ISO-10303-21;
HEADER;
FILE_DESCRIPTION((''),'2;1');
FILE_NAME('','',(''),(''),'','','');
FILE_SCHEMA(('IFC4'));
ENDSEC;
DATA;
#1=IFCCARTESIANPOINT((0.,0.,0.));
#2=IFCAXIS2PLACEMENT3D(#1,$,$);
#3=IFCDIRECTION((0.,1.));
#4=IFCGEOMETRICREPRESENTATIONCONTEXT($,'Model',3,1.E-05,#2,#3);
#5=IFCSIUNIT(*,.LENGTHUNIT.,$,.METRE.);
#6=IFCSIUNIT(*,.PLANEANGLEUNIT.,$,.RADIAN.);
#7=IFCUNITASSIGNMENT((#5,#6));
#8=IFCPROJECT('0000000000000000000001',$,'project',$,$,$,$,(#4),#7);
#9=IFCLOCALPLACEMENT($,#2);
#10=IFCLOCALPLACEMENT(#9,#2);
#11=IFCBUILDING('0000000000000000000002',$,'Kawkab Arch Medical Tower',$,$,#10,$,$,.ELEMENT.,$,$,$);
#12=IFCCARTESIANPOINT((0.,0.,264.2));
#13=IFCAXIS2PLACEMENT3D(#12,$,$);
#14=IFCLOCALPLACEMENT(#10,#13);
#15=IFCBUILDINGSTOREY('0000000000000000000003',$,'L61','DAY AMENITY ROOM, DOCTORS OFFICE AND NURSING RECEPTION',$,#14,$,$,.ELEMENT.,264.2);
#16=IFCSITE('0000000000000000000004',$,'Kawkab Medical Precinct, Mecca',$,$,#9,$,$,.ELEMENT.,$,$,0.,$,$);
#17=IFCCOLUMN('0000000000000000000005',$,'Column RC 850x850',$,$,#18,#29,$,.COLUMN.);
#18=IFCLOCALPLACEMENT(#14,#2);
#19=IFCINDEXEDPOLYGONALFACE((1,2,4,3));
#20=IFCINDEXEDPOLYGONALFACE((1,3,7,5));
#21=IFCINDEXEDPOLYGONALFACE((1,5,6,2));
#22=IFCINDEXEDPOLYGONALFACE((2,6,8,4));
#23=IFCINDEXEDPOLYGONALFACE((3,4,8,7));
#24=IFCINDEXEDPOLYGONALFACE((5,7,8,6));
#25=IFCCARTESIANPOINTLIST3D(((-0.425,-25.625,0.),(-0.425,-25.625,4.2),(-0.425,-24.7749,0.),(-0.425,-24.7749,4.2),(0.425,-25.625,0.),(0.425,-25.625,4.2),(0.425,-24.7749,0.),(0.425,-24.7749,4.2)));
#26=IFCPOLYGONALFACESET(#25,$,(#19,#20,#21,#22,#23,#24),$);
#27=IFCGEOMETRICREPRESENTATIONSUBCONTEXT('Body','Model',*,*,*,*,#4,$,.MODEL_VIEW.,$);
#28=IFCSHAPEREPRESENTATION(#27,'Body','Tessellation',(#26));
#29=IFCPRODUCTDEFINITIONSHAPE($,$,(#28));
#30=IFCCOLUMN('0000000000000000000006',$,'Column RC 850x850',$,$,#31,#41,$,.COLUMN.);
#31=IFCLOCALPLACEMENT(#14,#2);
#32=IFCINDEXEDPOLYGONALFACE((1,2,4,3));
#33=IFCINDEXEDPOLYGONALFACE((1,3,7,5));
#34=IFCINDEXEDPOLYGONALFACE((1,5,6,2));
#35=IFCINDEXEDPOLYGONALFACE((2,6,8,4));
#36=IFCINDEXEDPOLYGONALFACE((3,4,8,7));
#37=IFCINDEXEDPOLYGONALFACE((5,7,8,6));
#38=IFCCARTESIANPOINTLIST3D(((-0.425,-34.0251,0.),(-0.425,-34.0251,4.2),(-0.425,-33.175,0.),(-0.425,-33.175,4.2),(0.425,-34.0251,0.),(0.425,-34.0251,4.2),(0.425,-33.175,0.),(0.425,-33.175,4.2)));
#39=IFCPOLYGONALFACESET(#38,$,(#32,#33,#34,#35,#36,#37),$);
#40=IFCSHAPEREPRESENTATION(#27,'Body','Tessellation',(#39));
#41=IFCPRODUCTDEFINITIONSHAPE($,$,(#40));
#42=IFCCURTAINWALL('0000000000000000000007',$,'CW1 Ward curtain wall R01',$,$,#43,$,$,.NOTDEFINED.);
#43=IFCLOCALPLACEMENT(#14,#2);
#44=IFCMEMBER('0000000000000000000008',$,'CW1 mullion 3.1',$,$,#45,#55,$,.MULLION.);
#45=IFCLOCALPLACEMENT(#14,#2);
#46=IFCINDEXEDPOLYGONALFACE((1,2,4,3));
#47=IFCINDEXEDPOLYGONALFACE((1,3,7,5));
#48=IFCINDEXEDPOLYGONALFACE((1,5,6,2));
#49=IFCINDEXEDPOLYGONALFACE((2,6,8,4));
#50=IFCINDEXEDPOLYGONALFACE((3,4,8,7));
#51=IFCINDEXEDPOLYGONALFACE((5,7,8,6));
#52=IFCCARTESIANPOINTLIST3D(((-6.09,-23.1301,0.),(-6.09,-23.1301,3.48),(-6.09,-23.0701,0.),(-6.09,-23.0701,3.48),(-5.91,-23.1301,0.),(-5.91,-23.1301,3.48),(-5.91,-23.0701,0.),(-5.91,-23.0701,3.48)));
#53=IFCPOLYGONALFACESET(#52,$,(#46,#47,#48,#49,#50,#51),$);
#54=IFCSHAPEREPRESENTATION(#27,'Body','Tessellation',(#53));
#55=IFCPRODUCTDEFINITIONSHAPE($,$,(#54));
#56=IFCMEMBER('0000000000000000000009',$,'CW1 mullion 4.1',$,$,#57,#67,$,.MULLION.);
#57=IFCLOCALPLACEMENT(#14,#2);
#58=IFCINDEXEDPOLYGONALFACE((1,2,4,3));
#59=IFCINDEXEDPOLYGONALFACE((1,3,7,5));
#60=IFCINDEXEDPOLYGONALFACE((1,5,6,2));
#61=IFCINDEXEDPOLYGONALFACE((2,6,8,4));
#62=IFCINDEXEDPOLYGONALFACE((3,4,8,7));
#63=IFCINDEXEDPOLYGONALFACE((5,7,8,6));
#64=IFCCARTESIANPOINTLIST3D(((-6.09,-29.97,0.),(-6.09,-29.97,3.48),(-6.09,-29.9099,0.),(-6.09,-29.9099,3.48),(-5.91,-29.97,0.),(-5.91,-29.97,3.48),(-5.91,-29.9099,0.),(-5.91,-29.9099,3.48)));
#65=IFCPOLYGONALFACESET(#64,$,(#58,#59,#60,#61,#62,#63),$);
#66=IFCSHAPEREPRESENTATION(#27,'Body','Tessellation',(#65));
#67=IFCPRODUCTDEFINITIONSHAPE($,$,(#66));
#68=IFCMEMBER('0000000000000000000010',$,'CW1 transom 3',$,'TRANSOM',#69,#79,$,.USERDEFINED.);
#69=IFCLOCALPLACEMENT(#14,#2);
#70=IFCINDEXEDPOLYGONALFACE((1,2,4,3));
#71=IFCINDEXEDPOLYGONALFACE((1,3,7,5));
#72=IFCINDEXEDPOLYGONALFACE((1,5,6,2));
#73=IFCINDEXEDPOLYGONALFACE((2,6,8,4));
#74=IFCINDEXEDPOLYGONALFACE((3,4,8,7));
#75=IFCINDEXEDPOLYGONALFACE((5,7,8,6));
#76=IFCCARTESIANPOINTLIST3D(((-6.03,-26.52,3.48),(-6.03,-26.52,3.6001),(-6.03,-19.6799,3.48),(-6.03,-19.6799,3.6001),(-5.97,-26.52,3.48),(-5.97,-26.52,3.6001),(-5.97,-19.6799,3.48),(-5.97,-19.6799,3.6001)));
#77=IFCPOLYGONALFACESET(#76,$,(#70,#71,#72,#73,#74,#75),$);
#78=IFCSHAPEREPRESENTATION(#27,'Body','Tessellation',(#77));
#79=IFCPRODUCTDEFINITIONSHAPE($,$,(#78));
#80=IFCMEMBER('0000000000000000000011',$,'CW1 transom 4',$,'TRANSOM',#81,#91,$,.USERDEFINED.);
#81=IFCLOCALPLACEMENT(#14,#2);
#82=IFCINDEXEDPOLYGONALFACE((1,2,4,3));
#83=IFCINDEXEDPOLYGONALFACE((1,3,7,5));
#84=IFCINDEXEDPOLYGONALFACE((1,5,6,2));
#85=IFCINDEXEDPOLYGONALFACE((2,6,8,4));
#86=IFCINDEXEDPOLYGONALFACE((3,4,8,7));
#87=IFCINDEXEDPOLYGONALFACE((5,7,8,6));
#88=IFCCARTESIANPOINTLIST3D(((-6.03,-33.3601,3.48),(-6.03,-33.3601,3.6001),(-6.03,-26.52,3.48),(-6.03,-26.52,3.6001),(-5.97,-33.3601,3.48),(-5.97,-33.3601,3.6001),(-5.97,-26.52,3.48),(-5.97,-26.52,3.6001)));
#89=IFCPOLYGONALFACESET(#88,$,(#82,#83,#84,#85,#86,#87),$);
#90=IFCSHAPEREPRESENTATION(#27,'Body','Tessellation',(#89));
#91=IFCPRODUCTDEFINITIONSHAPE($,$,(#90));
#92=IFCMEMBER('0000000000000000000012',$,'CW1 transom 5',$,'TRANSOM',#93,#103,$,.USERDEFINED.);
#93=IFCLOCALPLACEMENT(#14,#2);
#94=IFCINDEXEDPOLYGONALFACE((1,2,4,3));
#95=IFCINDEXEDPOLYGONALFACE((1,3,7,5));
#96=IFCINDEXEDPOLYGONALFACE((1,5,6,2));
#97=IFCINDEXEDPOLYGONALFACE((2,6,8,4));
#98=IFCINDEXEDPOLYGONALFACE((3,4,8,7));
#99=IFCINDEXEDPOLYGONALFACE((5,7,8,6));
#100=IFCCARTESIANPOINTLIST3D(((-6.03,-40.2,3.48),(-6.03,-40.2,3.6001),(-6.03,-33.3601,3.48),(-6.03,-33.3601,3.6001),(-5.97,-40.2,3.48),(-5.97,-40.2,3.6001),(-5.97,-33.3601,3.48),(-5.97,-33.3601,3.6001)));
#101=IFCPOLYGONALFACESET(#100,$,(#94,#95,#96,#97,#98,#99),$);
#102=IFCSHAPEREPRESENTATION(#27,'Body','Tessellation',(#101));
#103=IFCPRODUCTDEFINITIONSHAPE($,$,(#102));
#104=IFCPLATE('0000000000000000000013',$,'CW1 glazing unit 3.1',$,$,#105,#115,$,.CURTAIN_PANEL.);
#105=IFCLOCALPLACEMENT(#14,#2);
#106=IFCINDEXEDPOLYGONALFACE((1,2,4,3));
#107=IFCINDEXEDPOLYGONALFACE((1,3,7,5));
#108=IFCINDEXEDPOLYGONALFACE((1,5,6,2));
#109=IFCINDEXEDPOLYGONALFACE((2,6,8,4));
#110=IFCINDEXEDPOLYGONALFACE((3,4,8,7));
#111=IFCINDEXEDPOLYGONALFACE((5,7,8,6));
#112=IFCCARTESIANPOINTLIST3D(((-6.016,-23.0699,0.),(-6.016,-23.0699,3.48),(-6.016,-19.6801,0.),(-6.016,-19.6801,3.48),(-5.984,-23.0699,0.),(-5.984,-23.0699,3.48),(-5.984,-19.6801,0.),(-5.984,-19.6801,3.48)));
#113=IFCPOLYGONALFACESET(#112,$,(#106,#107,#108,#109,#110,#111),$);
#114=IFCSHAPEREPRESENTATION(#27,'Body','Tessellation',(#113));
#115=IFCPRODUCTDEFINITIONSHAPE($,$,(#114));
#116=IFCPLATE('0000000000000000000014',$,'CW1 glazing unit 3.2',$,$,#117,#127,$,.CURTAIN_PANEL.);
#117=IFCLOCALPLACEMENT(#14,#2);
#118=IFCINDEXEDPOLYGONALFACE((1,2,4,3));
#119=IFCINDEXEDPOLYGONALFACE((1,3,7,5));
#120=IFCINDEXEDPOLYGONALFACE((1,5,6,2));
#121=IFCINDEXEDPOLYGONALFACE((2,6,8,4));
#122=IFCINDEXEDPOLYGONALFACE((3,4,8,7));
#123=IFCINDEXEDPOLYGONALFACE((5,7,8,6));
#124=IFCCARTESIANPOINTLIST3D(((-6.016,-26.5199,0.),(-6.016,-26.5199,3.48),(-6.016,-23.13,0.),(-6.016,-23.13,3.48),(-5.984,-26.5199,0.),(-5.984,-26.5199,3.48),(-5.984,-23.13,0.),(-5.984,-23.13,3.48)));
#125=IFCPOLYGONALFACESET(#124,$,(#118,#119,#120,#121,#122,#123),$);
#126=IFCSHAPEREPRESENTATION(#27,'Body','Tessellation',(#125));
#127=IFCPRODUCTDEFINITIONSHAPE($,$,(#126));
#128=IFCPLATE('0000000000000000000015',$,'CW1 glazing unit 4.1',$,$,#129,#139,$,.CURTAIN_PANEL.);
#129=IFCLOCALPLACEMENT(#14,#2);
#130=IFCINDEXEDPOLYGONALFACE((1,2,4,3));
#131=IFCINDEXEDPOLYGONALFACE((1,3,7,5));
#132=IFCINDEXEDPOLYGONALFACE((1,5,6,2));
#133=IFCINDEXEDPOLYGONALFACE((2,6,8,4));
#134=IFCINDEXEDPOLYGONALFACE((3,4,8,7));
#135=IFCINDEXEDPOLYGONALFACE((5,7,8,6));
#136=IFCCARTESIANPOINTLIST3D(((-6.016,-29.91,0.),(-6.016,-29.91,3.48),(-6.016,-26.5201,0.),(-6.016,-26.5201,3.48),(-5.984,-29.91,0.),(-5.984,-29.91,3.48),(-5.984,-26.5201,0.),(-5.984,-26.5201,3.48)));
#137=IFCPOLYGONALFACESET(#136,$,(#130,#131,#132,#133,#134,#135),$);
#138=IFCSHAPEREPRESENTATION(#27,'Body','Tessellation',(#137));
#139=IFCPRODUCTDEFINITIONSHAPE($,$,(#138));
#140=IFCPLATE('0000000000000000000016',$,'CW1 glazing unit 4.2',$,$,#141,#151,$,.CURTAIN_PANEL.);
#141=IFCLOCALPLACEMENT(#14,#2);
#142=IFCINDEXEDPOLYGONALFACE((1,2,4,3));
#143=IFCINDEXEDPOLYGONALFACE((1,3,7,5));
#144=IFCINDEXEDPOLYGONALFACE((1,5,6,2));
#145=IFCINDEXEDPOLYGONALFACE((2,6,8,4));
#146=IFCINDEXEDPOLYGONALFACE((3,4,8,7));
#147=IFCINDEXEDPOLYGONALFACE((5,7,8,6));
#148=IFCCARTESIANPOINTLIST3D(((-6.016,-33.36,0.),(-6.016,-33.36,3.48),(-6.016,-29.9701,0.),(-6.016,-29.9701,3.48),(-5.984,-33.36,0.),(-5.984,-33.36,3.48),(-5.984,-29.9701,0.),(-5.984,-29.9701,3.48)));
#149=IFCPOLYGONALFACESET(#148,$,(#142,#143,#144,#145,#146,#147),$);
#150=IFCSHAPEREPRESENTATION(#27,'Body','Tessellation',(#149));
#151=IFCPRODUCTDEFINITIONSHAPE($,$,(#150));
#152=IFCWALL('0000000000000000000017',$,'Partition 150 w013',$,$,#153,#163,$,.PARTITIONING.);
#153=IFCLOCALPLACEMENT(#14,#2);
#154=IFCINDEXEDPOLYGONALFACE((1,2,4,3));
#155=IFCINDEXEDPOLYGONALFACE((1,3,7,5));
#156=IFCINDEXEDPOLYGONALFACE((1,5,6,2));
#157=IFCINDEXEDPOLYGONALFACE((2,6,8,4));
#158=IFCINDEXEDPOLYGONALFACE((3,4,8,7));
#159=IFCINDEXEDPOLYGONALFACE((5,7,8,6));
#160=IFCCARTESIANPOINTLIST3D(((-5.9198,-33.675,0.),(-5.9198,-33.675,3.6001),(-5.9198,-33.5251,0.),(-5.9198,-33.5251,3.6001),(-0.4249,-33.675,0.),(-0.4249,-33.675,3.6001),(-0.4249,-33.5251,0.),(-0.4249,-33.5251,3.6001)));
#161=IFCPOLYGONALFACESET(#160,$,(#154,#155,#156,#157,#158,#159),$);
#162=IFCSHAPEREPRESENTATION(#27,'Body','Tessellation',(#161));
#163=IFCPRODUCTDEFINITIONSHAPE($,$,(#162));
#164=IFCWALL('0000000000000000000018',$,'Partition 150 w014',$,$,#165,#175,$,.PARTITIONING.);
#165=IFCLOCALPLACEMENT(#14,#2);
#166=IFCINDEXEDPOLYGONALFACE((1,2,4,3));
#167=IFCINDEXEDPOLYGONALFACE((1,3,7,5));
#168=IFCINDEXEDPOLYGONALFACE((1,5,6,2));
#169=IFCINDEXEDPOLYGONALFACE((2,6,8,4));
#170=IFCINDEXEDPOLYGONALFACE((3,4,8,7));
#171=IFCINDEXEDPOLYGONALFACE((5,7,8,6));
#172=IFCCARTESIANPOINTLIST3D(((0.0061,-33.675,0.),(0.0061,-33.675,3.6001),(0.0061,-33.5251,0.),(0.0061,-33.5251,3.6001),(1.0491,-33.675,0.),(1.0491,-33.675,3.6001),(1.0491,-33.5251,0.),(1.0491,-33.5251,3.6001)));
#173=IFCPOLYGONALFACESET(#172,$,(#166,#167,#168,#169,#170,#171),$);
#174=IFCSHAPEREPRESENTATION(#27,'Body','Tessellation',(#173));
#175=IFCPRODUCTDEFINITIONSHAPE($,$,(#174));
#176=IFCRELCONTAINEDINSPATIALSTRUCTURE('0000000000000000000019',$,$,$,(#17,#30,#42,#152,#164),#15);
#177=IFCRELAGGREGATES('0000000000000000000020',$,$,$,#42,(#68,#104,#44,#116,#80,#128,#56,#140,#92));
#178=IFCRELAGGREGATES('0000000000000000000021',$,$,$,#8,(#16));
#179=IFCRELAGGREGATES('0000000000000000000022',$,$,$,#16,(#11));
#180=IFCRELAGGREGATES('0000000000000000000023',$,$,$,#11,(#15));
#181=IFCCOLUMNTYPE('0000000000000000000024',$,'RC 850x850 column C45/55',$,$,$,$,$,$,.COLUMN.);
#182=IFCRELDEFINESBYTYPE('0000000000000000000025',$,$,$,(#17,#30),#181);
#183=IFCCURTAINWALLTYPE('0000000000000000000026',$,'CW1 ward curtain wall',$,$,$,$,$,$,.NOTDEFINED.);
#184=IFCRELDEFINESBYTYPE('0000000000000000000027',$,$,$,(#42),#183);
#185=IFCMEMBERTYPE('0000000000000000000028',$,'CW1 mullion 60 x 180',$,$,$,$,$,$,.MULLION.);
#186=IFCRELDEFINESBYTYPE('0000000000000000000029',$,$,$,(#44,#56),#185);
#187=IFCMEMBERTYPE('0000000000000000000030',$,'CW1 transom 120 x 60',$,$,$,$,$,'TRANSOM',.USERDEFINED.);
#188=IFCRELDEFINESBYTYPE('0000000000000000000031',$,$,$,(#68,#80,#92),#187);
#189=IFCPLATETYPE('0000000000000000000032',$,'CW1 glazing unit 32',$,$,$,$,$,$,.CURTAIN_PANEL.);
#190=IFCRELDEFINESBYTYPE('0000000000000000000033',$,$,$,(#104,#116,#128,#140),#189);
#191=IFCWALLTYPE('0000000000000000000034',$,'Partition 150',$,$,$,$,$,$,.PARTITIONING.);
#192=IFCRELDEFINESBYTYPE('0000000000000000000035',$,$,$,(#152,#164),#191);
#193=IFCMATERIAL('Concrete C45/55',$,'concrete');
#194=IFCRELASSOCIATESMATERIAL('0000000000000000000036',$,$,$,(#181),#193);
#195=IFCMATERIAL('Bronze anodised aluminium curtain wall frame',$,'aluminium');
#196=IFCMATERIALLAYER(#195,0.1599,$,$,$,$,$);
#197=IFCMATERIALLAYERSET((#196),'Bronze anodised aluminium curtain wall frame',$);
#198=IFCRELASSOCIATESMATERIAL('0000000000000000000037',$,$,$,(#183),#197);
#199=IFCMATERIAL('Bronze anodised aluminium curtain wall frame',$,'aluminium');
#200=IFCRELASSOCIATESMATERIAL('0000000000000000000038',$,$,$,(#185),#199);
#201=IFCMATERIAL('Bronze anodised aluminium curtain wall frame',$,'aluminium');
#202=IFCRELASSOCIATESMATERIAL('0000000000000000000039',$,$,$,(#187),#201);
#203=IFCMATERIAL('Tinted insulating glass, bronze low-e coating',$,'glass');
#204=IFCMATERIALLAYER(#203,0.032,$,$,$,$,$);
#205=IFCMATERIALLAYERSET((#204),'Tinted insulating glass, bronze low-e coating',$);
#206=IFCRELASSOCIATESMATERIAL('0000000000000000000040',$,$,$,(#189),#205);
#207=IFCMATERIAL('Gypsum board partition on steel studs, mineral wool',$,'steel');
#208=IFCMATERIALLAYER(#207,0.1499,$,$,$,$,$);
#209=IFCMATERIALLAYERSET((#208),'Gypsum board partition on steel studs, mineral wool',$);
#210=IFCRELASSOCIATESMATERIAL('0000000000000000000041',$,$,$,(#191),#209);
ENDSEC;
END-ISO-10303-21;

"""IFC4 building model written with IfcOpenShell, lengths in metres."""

from ifc_helpers import new_model, si_unit, direction, frame, frame_2d, origin, origin_2d, place, context, subcontext, project, spatial, rectangle, extrude, material, layer, layer_set, material_profile, profile_set, type_object, element, aggregate, save


model = new_model("IFC4")

# Units and contexts
model_context = context("Model", 3, precision=1e-05, world=origin(), true_north=direction((0.0, 1.0)))
body_context = subcontext(model_context, "Body", "Model", "MODEL_VIEW")
ifc_project = project(units=[si_unit("LENGTHUNIT", "METRE"), si_unit("PLANEANGLEUNIT", "RADIAN")], contexts=[model_context])

# Site, building, storey
site_placement = place(None, origin())
site = spatial("IfcSite", under=ifc_project, at=site_placement, Name="Kawkab Medical Precinct, Mecca", CompositionType="ELEMENT", RefElevation=0.0)
building_placement = place(site_placement, origin())
building = spatial("IfcBuilding", under=site, at=building_placement, Name="Kawkab Arch Medical Tower", CompositionType="ELEMENT")
storey_placement = place(building_placement, frame((0.0, 0.0, 264.2)))
storey = spatial("IfcBuildingStorey", under=building, at=storey_placement, Name="L61", Description="DAY AMENITY ROOM, DOCTORS OFFICE AND NURSING RECEPTION", CompositionType="ELEMENT", Elevation=264.2)

# Columns
ifc_material_1 = material(Name="Concrete C45/55", Category="concrete")
ifc_material_profile_1 = material_profile(ifc_material_1, rectangle(XDim=0.8501, YDim=0.8501, at=origin_2d()), Name="RC 850x850")
ifc_profile_set_1 = profile_set([ifc_material_profile_1], Name="Concrete C45/55")
column_type = type_object("IfcColumnType", Name="RC 850x850 column C45/55", PredefinedType="COLUMN", material=ifc_profile_set_1)
for number, where, z_axis, x_axis, name in (
    (1, (0.0, -25.2, 0.0), (0.0, 0.0, 1.0), (1.0, 0.0, 0.0), "Column RC 850x850"),
    (2, (0.0, -33.6001, 0.0), (0.0, 0.0, 1.0), (1.0, 0.0, 0.0), "Column RC 850x850"),
):
    element("IfcColumn", number, at=place(storey_placement, frame(where, z_axis=z_axis, x_axis=x_axis)), inside=storey, type_object=column_type, Name=name, PredefinedType="COLUMN", context=body_context, shape_type="SweptSolid", body=[
        extrude(rectangle(XDim=0.8501, YDim=0.8501, at=origin_2d()), origin(), (0.0, 0.0, 1.0), 4.2),
    ])

# Curtain wall, members, plates
ifc_material_2 = material(Name="Bronze anodised aluminium curtain wall frame", Category="aluminium")
ifc_layer_1 = layer(ifc_material_2, 0.1599)
ifc_layer_set_1 = layer_set([ifc_layer_1], Name="Bronze anodised aluminium curtain wall frame")
curtain_wall_type = type_object("IfcCurtainWallType", Name="CW1 ward curtain wall", PredefinedType="NOTDEFINED", material=ifc_layer_set_1)
curtain_wall_placement = place(storey_placement, origin())
curtain_wall = element("IfcCurtainWall", 3, at=curtain_wall_placement, inside=storey, type_object=curtain_wall_type, Name="CW1 Ward curtain wall R01", PredefinedType="NOTDEFINED")
ifc_material_3 = material(Name="Bronze anodised aluminium curtain wall frame", Category="aluminium")
ifc_material_profile_2 = material_profile(ifc_material_3, rectangle(XDim=0.1799, YDim=0.0601, at=origin_2d()), Name="AL 60x180")
ifc_profile_set_2 = profile_set([ifc_material_profile_2], Name="Bronze anodised aluminium curtain wall frame")
member_type_1 = type_object("IfcMemberType", Name="CW1 mullion 60 x 180", PredefinedType="MULLION", material=ifc_profile_set_2)
member_1_placement = place(storey_placement, frame((-6.0, -23.1001, 0.0), z_axis=(0.0, 0.0, 1.0), x_axis=(1.0, 0.0, 0.0)))
member_1 = element("IfcMember", 4, at=member_1_placement, type_object=member_type_1, Name="CW1 mullion 3.1", PredefinedType="MULLION", context=body_context, shape_type="SweptSolid", body=[
    extrude(rectangle(XDim=0.1799, YDim=0.0601, at=origin_2d()), origin(), (0.0, 0.0, 1.0), 3.48),
])
member_2_placement = place(storey_placement, frame((-6.0, -29.9399, 0.0), z_axis=(0.0, 0.0, 1.0), x_axis=(1.0, 0.0, 0.0)))
member_2 = element("IfcMember", 5, at=member_2_placement, type_object=member_type_1, Name="CW1 mullion 4.1", PredefinedType="MULLION", context=body_context, shape_type="SweptSolid", body=[
    extrude(rectangle(XDim=0.1799, YDim=0.0601, at=origin_2d()), origin(), (0.0, 0.0, 1.0), 3.48),
])
ifc_material_4 = material(Name="Bronze anodised aluminium curtain wall frame", Category="aluminium")
ifc_material_profile_3 = material_profile(ifc_material_4, rectangle(XDim=0.0601, YDim=0.1201, at=origin_2d()), Name="AL 60x120")
ifc_profile_set_3 = profile_set([ifc_material_profile_3], Name="Bronze anodised aluminium curtain wall frame")
member_type_2 = type_object("IfcMemberType", Name="CW1 transom 120 x 60", ElementType="TRANSOM", PredefinedType="USERDEFINED", material=ifc_profile_set_3)
member_3_placement = place(storey_placement, frame((-6.0, -19.6799, 3.54), z_axis=(0.0, -1.0, 0.0), x_axis=(1.0, 0.0, 0.0)))
member_3 = element("IfcMember", 6, at=member_3_placement, type_object=member_type_2, Name="CW1 transom 3", ObjectType="TRANSOM", PredefinedType="USERDEFINED", context=body_context, shape_type="SweptSolid", body=[
    extrude(rectangle(XDim=0.0601, YDim=0.1201, at=origin_2d()), origin(), (0.0, 0.0, 1.0), 6.8401),
])
member_4_placement = place(storey_placement, frame((-6.0, -26.52, 3.54), z_axis=(0.0, -1.0, 0.0), x_axis=(1.0, 0.0, 0.0)))
member_4 = element("IfcMember", 7, at=member_4_placement, type_object=member_type_2, Name="CW1 transom 4", ObjectType="TRANSOM", PredefinedType="USERDEFINED", context=body_context, shape_type="SweptSolid", body=[
    extrude(rectangle(XDim=0.0601, YDim=0.1201, at=origin_2d()), origin(), (0.0, 0.0, 1.0), 6.8401),
])
member_5_placement = place(storey_placement, frame((-6.0, -33.3601, 3.54), z_axis=(0.0, -1.0, 0.0), x_axis=(1.0, 0.0, 0.0)))
member_5 = element("IfcMember", 8, at=member_5_placement, type_object=member_type_2, Name="CW1 transom 5", ObjectType="TRANSOM", PredefinedType="USERDEFINED", context=body_context, shape_type="SweptSolid", body=[
    extrude(rectangle(XDim=0.0601, YDim=0.1201, at=origin_2d()), origin(), (0.0, 0.0, 1.0), 6.8398),
])
ifc_material_5 = material(Name="Tinted insulating glass, bronze low-e coating", Category="glass")
ifc_layer_2 = layer(ifc_material_5, 0.032)
ifc_layer_set_2 = layer_set([ifc_layer_2], Name="Tinted insulating glass, bronze low-e coating")
plate_type = type_object("IfcPlateType", Name="CW1 glazing unit 32", PredefinedType="CURTAIN_PANEL", material=ifc_layer_set_2)
plate_1_placement = place(storey_placement, frame((-6.0, -21.375, 0.0), z_axis=(0.0, 0.0, 1.0), x_axis=(0.0, -1.0, 0.0)))
plate_1 = element("IfcPlate", 9, at=plate_1_placement, type_object=plate_type, Name="CW1 glazing unit 3.1", PredefinedType="CURTAIN_PANEL", context=body_context, shape_type="SweptSolid", body=[
    extrude(rectangle(XDim=3.3899, YDim=0.032, at=origin_2d()), origin(), (0.0, 0.0, 1.0), 3.48),
])
plate_2_placement = place(storey_placement, frame((-6.0, -24.825, 0.0), z_axis=(0.0, 0.0, 1.0), x_axis=(0.0, -1.0, 0.0)))
plate_2 = element("IfcPlate", 10, at=plate_2_placement, type_object=plate_type, Name="CW1 glazing unit 3.2", PredefinedType="CURTAIN_PANEL", context=body_context, shape_type="SweptSolid", body=[
    extrude(rectangle(XDim=3.3899, YDim=0.032, at=origin_2d()), origin(), (0.0, 0.0, 1.0), 3.48),
])
plate_3_placement = place(storey_placement, frame((-6.0, -28.2151, 0.0), z_axis=(0.0, 0.0, 1.0), x_axis=(0.0, -1.0, 0.0)))
plate_3 = element("IfcPlate", 11, at=plate_3_placement, type_object=plate_type, Name="CW1 glazing unit 4.1", PredefinedType="CURTAIN_PANEL", context=body_context, shape_type="SweptSolid", body=[
    extrude(rectangle(XDim=3.3899, YDim=0.032, at=origin_2d()), origin(), (0.0, 0.0, 1.0), 3.48),
])
plate_4_placement = place(storey_placement, frame((-6.0, -31.665, 0.0), z_axis=(0.0, 0.0, 1.0), x_axis=(0.0, -1.0, 0.0)))
plate_4 = element("IfcPlate", 12, at=plate_4_placement, type_object=plate_type, Name="CW1 glazing unit 4.2", PredefinedType="CURTAIN_PANEL", context=body_context, shape_type="SweptSolid", body=[
    extrude(rectangle(XDim=3.3899, YDim=0.032, at=origin_2d()), origin(), (0.0, 0.0, 1.0), 3.48),
])
aggregate(curtain_wall, [member_3, plate_1, member_1, plate_2, member_4, plate_3, member_2, plate_4, member_5])

# Walls
ifc_material_6 = material(Name="Gypsum board partition on steel studs, mineral wool", Category="steel")
ifc_layer_3 = layer(ifc_material_6, 0.1499)
ifc_layer_set_3 = layer_set([ifc_layer_3], Name="Gypsum board partition on steel studs, mineral wool")
wall_type_1 = type_object("IfcWallType", Name="Partition 150", PredefinedType="PARTITIONING", material=ifc_layer_set_3)
wall_1_placement = place(storey_placement, frame((-5.9199, -33.6001, 0.0), z_axis=(0.0, 0.0, 1.0), x_axis=(1.0, 0.0, 0.0)))
element("IfcWall", 13, at=wall_1_placement, inside=storey, type_object=wall_type_1, Name="Partition 150 w013", PredefinedType="PARTITIONING", context=body_context, shape_type="SweptSolid", body=[
    extrude(rectangle(XDim=5.4949, YDim=0.1499, at=frame_2d((2.7476, 0.0))), origin(), (0.0, 0.0, 1.0), 3.6001),
])
wall_2_placement = place(storey_placement, frame((0.0061, -33.6001, 0.0), z_axis=(0.0, 0.0, 1.0), x_axis=(1.0, 0.0, 0.0)))
element("IfcWall", 14, at=wall_2_placement, inside=storey, type_object=wall_type_1, Name="Partition 150 w014", PredefinedType="PARTITIONING", context=body_context, shape_type="SweptSolid", body=[
    extrude(rectangle(XDim=1.043, YDim=0.1499, at=frame_2d((0.5215, 0.0))), origin(), (0.0, 0.0, 1.0), 3.6001),
])

save(model, "model.ifc")
